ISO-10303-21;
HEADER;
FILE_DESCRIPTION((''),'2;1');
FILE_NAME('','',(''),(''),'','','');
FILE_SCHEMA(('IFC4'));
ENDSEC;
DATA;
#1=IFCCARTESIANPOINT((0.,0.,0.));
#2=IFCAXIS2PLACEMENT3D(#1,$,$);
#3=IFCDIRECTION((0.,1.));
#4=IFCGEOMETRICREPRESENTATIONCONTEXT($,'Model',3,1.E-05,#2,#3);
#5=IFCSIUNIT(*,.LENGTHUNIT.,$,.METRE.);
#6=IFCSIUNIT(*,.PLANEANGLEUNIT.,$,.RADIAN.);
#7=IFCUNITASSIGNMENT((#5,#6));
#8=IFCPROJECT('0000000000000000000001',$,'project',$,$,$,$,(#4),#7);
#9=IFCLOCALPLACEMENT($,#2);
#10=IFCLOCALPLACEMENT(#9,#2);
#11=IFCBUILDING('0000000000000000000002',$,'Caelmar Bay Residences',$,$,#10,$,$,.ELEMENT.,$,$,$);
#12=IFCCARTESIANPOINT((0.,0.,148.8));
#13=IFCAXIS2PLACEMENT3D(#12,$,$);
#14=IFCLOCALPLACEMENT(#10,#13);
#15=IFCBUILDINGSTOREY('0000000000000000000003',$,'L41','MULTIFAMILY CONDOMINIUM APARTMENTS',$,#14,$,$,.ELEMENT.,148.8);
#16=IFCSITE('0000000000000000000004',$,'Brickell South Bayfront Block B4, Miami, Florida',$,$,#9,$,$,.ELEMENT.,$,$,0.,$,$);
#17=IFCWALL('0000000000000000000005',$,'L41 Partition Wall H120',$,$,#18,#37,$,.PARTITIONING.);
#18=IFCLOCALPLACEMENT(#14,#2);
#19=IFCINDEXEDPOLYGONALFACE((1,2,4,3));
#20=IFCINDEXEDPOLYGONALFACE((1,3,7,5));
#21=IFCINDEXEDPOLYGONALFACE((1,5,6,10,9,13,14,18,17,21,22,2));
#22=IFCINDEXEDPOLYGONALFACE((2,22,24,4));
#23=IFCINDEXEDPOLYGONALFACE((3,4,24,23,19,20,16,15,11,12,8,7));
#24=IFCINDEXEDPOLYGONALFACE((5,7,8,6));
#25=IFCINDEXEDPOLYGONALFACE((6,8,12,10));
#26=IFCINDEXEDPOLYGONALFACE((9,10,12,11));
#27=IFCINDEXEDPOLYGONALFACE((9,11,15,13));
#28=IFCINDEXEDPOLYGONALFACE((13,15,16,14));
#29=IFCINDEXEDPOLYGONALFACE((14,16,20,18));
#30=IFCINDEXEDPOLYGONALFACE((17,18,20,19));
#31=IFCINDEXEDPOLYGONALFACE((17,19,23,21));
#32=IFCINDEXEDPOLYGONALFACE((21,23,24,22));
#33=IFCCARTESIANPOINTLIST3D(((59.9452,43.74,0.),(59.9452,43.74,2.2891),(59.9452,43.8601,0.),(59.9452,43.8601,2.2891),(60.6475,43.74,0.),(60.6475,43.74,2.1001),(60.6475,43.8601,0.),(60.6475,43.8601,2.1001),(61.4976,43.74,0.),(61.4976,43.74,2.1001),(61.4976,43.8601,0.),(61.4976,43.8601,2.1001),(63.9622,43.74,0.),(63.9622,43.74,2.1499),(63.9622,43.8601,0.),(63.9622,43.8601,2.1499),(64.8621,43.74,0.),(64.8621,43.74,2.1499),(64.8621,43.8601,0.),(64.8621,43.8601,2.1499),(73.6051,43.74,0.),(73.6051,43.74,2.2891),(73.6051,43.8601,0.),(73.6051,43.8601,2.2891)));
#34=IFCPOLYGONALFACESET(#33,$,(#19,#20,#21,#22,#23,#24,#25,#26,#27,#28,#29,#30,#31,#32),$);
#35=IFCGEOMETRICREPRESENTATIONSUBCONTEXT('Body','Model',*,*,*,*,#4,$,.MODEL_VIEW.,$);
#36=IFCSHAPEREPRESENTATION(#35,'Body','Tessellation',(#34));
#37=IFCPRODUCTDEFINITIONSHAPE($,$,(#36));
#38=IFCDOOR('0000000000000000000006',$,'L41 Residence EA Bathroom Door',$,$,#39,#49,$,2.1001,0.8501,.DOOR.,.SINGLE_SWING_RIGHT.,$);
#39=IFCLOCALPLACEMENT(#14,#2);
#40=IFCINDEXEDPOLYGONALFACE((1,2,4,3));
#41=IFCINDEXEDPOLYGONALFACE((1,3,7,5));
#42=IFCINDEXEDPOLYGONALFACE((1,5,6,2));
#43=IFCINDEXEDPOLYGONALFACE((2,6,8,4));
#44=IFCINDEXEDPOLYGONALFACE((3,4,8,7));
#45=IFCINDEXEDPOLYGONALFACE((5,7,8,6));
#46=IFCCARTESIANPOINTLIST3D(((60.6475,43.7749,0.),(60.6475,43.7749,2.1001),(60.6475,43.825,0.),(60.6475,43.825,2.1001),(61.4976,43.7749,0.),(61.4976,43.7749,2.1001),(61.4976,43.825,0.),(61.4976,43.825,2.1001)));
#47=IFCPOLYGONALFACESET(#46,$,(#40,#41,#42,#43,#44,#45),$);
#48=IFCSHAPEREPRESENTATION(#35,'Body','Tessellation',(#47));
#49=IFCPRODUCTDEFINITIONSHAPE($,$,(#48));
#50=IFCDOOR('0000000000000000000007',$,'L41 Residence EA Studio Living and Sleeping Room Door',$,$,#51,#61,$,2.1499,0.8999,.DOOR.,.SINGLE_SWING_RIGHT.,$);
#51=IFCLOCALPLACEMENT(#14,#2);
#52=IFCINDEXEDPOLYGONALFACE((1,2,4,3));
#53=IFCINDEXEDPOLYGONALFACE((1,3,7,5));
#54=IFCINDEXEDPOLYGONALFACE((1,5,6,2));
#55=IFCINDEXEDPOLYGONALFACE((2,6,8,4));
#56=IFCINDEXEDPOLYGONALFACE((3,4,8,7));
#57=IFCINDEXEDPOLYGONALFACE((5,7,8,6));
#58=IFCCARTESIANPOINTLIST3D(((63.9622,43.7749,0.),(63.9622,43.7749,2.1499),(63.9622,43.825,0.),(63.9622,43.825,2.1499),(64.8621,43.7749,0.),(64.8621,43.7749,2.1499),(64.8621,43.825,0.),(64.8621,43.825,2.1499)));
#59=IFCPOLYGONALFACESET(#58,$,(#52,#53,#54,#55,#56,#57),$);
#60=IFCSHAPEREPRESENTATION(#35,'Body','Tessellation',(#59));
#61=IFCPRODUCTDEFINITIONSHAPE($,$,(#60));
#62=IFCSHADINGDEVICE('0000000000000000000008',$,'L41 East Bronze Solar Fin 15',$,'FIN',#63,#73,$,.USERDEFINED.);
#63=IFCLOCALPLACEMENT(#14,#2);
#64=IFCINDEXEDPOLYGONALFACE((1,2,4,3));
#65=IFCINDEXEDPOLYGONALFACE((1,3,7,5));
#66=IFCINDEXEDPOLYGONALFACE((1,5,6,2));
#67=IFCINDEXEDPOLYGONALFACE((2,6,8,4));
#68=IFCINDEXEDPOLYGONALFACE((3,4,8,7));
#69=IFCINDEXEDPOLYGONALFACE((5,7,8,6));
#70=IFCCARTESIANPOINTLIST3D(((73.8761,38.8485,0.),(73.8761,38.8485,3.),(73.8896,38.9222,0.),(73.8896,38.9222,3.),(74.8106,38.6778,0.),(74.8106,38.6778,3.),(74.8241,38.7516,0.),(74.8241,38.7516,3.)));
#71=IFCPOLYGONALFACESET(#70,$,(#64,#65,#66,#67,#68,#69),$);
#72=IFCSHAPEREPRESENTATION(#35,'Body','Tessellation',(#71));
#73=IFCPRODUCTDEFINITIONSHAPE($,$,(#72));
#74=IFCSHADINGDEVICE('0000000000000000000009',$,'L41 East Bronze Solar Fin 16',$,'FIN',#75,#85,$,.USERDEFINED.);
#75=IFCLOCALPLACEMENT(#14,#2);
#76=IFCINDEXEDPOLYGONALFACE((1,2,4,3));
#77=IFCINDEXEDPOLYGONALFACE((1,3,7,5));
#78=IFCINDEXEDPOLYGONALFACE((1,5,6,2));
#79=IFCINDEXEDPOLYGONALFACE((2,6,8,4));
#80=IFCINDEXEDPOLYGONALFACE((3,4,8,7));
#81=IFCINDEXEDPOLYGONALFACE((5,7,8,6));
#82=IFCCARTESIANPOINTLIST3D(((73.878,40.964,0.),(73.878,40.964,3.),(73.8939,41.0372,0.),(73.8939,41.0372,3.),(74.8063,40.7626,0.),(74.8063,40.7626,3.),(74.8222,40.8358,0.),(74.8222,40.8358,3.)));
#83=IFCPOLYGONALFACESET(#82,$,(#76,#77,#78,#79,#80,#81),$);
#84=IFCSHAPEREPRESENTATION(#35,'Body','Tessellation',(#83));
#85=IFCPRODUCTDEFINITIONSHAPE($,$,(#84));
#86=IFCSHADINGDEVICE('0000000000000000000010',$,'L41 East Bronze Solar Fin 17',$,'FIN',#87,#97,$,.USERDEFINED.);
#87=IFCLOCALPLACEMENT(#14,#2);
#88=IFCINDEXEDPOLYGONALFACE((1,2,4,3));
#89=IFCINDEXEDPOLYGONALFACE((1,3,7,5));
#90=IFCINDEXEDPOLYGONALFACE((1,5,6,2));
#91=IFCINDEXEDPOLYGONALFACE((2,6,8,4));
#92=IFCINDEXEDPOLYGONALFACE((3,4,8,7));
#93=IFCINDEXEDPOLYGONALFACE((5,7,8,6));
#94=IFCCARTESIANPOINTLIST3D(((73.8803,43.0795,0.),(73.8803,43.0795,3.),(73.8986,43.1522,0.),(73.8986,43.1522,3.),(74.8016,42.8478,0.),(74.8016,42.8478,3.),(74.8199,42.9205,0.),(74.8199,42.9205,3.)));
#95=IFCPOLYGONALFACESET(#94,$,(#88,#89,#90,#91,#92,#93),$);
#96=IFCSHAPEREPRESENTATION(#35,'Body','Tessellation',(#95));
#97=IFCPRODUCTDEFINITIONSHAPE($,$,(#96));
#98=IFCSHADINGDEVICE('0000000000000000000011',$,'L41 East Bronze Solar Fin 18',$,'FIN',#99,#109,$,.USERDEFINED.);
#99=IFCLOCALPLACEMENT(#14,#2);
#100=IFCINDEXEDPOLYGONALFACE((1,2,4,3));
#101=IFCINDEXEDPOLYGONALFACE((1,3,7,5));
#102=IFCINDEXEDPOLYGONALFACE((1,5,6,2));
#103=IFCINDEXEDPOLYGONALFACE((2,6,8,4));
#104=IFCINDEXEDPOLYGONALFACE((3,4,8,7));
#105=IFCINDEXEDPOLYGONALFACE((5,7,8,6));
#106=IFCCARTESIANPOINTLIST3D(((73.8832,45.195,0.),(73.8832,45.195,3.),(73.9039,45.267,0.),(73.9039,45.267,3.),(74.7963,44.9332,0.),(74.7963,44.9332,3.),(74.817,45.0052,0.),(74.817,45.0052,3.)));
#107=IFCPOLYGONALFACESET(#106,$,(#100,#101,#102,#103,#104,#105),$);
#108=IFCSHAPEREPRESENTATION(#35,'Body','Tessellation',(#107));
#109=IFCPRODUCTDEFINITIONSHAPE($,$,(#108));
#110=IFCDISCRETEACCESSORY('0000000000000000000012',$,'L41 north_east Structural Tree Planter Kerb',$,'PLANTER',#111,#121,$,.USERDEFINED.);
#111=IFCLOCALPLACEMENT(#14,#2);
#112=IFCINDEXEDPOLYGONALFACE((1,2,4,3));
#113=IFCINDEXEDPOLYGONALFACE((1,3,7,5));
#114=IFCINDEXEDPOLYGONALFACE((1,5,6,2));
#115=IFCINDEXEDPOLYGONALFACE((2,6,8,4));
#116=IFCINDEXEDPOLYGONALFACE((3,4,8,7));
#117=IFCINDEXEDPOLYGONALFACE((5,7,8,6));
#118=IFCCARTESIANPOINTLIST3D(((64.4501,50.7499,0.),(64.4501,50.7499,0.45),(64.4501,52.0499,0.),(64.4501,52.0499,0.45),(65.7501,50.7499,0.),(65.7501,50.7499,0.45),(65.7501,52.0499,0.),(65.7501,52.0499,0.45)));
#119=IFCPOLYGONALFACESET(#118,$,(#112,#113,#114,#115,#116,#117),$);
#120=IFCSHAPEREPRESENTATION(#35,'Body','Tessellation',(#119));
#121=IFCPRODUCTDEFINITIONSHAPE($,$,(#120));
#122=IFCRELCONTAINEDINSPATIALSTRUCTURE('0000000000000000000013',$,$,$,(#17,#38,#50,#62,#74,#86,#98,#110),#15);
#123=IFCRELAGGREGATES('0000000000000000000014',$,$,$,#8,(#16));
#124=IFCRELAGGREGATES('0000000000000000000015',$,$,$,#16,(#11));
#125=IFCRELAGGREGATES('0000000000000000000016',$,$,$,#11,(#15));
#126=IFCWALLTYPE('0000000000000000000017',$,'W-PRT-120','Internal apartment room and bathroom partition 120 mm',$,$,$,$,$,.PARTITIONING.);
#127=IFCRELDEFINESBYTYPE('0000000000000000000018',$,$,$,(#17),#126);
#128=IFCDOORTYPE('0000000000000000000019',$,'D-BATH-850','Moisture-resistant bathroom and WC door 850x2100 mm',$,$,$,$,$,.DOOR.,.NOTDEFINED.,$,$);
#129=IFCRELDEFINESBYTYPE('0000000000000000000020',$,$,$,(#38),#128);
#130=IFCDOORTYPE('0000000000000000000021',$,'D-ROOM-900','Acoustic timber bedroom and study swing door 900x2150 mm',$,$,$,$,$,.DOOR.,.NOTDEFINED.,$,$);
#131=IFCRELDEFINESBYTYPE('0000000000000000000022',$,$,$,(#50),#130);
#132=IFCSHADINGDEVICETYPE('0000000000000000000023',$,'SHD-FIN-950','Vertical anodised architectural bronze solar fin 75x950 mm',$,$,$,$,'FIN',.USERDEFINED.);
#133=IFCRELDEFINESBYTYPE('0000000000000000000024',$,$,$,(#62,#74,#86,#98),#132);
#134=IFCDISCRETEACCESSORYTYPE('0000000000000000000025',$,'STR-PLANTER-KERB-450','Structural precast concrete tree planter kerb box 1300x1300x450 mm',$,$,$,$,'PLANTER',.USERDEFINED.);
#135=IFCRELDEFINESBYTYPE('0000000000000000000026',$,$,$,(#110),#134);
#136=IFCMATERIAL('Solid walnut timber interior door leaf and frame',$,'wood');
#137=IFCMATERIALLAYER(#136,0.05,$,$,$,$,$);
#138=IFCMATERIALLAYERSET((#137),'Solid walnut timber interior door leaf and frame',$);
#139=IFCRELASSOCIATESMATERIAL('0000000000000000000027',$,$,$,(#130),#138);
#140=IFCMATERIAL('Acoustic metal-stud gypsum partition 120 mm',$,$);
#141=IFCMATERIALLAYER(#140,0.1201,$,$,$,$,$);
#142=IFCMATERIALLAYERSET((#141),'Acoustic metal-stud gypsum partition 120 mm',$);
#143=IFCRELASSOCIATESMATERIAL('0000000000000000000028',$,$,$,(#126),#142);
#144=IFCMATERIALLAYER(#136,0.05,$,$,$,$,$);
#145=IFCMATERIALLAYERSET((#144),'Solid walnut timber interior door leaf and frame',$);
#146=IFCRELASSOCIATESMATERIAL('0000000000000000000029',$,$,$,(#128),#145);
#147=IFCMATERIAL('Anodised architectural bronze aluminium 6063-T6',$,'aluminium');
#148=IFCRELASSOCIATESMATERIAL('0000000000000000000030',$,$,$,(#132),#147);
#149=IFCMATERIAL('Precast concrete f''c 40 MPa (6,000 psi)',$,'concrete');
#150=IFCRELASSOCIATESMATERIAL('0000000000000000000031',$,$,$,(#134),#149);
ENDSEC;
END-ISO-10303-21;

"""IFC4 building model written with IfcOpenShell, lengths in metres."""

from ifc_helpers import new_model, si_unit, direction, frame, frame_2d, origin, origin_2d, place, context, subcontext, project, spatial, rectangle, extrude, material, layer, layer_set, material_profile, profile_set, type_object, element, fill, save


model = new_model("IFC4")

# Units and contexts
model_context = context("Model", 3, precision=1e-05, world=origin(), true_north=direction((0.0, 1.0)))
body_context = subcontext(model_context, "Body", "Model", "MODEL_VIEW")
ifc_project = project(units=[si_unit("LENGTHUNIT", "METRE"), si_unit("PLANEANGLEUNIT", "RADIAN")], contexts=[model_context])

# Site, building, storey
site_placement = place(None, origin())
site = spatial("IfcSite", under=ifc_project, at=site_placement, Name="Brickell South Bayfront Block B4, Miami, Florida", CompositionType="ELEMENT", RefElevation=0.0)
building_placement = place(site_placement, origin())
building = spatial("IfcBuilding", under=site, at=building_placement, Name="Caelmar Bay Residences", CompositionType="ELEMENT")
storey_placement = place(building_placement, frame((0.0, 0.0, 148.8)))
storey = spatial("IfcBuildingStorey", under=building, at=storey_placement, Name="L41", Description="MULTIFAMILY CONDOMINIUM APARTMENTS", CompositionType="ELEMENT", Elevation=148.8)

# Shared definitions
ifc_material_1 = material(Name="Precast concrete f'c 40 MPa (6,000 psi)", Category="concrete")

# Shared definitions
ifc_material_2 = material(Name="Solid walnut timber interior door leaf and frame", Category="wood")
ifc_layer_1 = layer(ifc_material_2, 0.05)
ifc_layer_set_1 = layer_set([ifc_layer_1], Name="Solid walnut timber interior door leaf and frame")
door_type_1 = type_object("IfcDoorType", Name="D-ROOM-900", Description="Acoustic timber bedroom and study swing door 900x2150 mm", OperationType="NOTDEFINED", PredefinedType="DOOR", material=ifc_layer_set_1)
ifc_material_3 = material(Name="Acoustic metal-stud gypsum partition 120 mm")
ifc_layer_2 = layer(ifc_material_3, 0.1201)
ifc_layer_set_2 = layer_set([ifc_layer_2], Name="Acoustic metal-stud gypsum partition 120 mm")
wall_type_1 = type_object("IfcWallType", Name="W-PRT-120", Description="Internal apartment room and bathroom partition 120 mm", PredefinedType="PARTITIONING", material=ifc_layer_set_2)

# Wall, openings, doors
wall_1_placement = place(storey_placement, frame((59.9451, 43.8, 0.0), z_axis=(0.0, 0.0, 1.0), x_axis=(1.0, 0.0, 0.0)))
wall_1 = element("IfcWall", 1, at=wall_1_placement, inside=storey, type_object=wall_type_1, Name="L41 Partition Wall H120", PredefinedType="PARTITIONING", context=body_context, shape_type="SweptSolid", body=[
    extrude(rectangle(XDim=13.6599, YDim=0.1201, at=frame_2d((6.8301, 0.0))), origin(), (0.0, 0.0, 1.0), 2.2891),
])
opening_1_placement = place(wall_1_placement, frame((4.0171, 0.0, 0.0)))
opening_1 = element("IfcOpeningElement", 2, at=opening_1_placement, cuts=wall_1, PredefinedType="OPENING", context=body_context, shape_type="SweptSolid", body=[
    extrude(rectangle(XDim=0.8999, YDim=2.1499, at=frame_2d((0.45, 1.075))), frame((0.0, 0.0701, 0.0), z_axis=(0.0, -1.0, 0.0), x_axis=(1.0, 0.0, 0.0)), (0.0, 0.0, 1.0), 0.1401),
])
opening_2_placement = place(wall_1_placement, frame((0.7024, 0.0, 0.0)))
opening_2 = element("IfcOpeningElement", 3, at=opening_2_placement, cuts=wall_1, PredefinedType="OPENING", context=body_context, shape_type="SweptSolid", body=[
    extrude(rectangle(XDim=0.8501, YDim=2.1001, at=frame_2d((0.425, 1.05))), frame((0.0, 0.0701, 0.0), z_axis=(0.0, -1.0, 0.0), x_axis=(1.0, 0.0, 0.0)), (0.0, 0.0, 1.0), 0.1401),
])
ifc_layer_3 = layer(ifc_material_2, 0.05)
ifc_layer_set_3 = layer_set([ifc_layer_3], Name="Solid walnut timber interior door leaf and frame")
door_type_2 = type_object("IfcDoorType", Name="D-BATH-850", Description="Moisture-resistant bathroom and WC door 850x2100 mm", OperationType="NOTDEFINED", PredefinedType="DOOR", material=ifc_layer_set_3)
door_1_placement = place(opening_2_placement, origin())
door_1 = element("IfcDoor", 4, at=door_1_placement, inside=storey, type_object=door_type_2, Name="L41 Residence EA Bathroom Door", OperationType="SINGLE_SWING_RIGHT", OverallHeight=2.1001, OverallWidth=0.8501, PredefinedType="DOOR", context=body_context, shape_type="SweptSolid", body=[
    extrude(rectangle(XDim=0.8501, YDim=2.1001, at=frame_2d((0.425, 1.05))), frame((0.0, 0.0249, 0.0), z_axis=(0.0, -1.0, 0.0), x_axis=(1.0, 0.0, 0.0)), (0.0, 0.0, 1.0), 0.05),
])
fill(opening_2, door_1)
door_2_placement = place(opening_1_placement, origin())
door_2 = element("IfcDoor", 5, at=door_2_placement, inside=storey, type_object=door_type_1, Name="L41 Residence EA Studio Living and Sleeping Room Door", OperationType="SINGLE_SWING_RIGHT", OverallHeight=2.1499, OverallWidth=0.8999, PredefinedType="DOOR", context=body_context, shape_type="SweptSolid", body=[
    extrude(rectangle(XDim=0.8999, YDim=2.1499, at=frame_2d((0.45, 1.075))), frame((0.0, 0.0249, 0.0), z_axis=(0.0, -1.0, 0.0), x_axis=(1.0, 0.0, 0.0)), (0.0, 0.0, 1.0), 0.05),
])
fill(opening_1, door_2)

# Shading devices
ifc_material_4 = material(Name="Anodised architectural bronze aluminium 6063-T6", Category="aluminium")
ifc_material_profile_1 = material_profile(ifc_material_4, rectangle(XDim=0.075, YDim=0.95, at=origin_2d()), Name="BRONZE-FIN-75X950")
ifc_profile_set_1 = profile_set([ifc_material_profile_1], Name="Anodised architectural bronze aluminium 6063-T6")
shading_device_type = type_object("IfcShadingDeviceType", Name="SHD-FIN-950", Description="Vertical anodised architectural bronze solar fin 75x950 mm", ElementType="FIN", PredefinedType="USERDEFINED", material=ifc_profile_set_1)
for number, where, z_axis, x_axis, name in (
    (6, (74.3501, 38.8, 0.0), (0.0, 0.0, 1.0), (0.179661, 0.983729, 0.0), "L41 East Bronze Solar Fin 15"),
    (7, (74.3501, 40.8999, 0.0), (0.0, 0.0, 1.0), (0.212007, 0.977268, 0.0), "L41 East Bronze Solar Fin 16"),
    (8, (74.3501, 43.0, 0.0), (0.0, 0.0, 1.0), (0.243954, 0.969787, 0.0), "L41 East Bronze Solar Fin 17"),
    (9, (74.3501, 45.1001, 0.0), (0.0, 0.0, 1.0), (0.275637, 0.961262, 0.0), "L41 East Bronze Solar Fin 18"),
):
    element("IfcShadingDevice", number, at=place(storey_placement, frame(where, z_axis=z_axis, x_axis=x_axis)), inside=storey, type_object=shading_device_type, Name=name, ObjectType="FIN", PredefinedType="USERDEFINED", context=body_context, shape_type="SweptSolid", body=[
        extrude(rectangle(XDim=0.075, YDim=0.95, at=origin_2d()), origin(), (0.0, 0.0, 1.0), 3.0),
    ])

# Discrete accessory
discrete_accessory_type = type_object("IfcDiscreteAccessoryType", Name="STR-PLANTER-KERB-450", Description="Structural precast concrete tree planter kerb box 1300x1300x450 mm", ElementType="PLANTER", PredefinedType="USERDEFINED", material=ifc_material_1)
discrete_accessory_placement = place(storey_placement, frame((65.1001, 51.3999, 0.0), z_axis=(0.0, 0.0, 1.0), x_axis=(1.0, 0.0, 0.0)))
element("IfcDiscreteAccessory", 10, at=discrete_accessory_placement, inside=storey, type_object=discrete_accessory_type, Name="L41 north_east Structural Tree Planter Kerb", ObjectType="PLANTER", PredefinedType="USERDEFINED", context=body_context, shape_type="SweptSolid", body=[
    extrude(rectangle(XDim=1.3, YDim=1.3, at=origin_2d()), origin(), (0.0, 0.0, 1.0), 0.45),
])

save(model, "model.ifc")
